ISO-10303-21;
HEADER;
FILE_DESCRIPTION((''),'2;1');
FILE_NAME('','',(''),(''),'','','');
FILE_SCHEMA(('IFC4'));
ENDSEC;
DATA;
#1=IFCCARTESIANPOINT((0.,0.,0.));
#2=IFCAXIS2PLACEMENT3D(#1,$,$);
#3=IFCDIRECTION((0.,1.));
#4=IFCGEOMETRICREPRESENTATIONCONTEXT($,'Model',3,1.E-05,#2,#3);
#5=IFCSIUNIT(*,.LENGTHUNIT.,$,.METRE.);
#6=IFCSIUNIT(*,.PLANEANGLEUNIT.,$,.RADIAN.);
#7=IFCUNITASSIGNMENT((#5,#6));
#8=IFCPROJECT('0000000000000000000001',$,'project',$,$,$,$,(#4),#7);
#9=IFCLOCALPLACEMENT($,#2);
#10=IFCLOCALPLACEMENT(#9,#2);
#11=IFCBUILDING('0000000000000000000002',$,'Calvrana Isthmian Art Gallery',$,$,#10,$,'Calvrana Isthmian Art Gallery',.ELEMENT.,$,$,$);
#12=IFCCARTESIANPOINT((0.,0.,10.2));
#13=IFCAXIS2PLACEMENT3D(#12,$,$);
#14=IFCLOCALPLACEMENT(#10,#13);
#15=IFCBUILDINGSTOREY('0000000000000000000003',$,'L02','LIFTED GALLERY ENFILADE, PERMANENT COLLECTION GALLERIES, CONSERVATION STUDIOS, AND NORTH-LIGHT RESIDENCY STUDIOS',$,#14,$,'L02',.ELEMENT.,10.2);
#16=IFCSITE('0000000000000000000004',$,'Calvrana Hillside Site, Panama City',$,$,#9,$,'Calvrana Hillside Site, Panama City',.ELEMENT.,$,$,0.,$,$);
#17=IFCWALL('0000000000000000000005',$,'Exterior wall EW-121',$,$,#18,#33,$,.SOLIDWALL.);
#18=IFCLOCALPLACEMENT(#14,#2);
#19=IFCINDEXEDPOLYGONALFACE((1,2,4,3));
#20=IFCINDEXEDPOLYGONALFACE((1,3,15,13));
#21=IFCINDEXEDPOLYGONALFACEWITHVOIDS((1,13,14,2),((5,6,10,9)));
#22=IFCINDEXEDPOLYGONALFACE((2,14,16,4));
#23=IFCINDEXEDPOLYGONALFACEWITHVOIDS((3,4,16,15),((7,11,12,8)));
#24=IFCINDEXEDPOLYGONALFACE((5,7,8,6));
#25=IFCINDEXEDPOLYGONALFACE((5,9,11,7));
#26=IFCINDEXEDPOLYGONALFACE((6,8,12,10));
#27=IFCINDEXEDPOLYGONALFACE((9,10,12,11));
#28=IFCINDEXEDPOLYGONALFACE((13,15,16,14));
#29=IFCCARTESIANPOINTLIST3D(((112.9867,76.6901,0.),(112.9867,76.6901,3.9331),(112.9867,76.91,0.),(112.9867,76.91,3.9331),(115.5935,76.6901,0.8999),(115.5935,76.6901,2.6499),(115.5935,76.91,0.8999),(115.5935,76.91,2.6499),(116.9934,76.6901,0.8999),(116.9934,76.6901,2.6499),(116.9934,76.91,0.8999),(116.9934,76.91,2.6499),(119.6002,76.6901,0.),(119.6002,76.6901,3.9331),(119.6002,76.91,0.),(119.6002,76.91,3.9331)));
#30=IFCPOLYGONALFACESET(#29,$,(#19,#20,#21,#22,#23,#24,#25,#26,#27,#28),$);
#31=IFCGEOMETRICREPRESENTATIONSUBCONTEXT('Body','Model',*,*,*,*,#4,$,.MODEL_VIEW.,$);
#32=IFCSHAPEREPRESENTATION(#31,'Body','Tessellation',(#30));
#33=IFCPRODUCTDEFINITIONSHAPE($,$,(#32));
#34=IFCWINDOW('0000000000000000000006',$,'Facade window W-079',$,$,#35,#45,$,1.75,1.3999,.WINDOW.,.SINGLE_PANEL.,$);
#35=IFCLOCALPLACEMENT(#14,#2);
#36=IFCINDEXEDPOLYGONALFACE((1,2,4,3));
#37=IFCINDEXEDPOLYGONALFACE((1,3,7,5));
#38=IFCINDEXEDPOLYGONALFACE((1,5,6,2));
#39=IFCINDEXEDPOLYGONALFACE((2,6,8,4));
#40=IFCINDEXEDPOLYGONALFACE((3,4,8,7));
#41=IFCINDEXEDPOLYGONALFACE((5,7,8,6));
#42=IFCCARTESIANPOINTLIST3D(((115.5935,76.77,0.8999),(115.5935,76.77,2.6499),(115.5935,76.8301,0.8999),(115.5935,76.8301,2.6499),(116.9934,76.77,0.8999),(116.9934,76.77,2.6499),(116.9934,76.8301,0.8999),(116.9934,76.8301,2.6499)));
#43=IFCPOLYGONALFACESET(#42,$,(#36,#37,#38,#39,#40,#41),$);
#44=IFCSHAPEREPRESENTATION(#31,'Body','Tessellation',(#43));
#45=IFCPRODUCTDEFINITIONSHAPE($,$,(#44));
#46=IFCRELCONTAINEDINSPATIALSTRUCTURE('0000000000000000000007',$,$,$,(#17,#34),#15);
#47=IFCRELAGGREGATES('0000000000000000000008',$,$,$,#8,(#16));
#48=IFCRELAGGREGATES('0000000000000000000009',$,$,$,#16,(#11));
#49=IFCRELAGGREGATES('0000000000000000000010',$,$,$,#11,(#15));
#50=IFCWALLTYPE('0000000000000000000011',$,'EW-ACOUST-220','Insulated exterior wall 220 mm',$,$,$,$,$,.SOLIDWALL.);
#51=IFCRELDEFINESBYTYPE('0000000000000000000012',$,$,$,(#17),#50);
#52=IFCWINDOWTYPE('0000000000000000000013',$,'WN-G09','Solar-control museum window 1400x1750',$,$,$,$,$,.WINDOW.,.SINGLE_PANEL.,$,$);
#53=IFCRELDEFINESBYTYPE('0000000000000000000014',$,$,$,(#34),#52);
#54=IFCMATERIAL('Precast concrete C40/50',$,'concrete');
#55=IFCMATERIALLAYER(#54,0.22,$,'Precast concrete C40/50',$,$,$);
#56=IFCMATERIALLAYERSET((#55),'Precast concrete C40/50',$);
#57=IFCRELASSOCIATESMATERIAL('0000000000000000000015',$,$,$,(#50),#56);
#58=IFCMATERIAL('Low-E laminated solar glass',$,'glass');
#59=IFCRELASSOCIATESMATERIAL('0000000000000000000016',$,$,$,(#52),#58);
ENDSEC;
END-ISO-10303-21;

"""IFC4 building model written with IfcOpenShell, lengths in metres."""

from ifc_helpers import new_model, si_unit, direction, frame, frame_2d, origin, place, context, subcontext, project, spatial, rectangle, extrude, material, layer, layer_set, type_object, element, fill, save


model = new_model("IFC4")

# Units and contexts
model_context = context("Model", 3, precision=1e-05, world=origin(), true_north=direction((0.0, 1.0)))
body_context = subcontext(model_context, "Body", "Model", "MODEL_VIEW")
ifc_project = project(units=[si_unit("LENGTHUNIT", "METRE"), si_unit("PLANEANGLEUNIT", "RADIAN")], contexts=[model_context])

# Site, building, storey
site_placement = place(None, origin())
site = spatial("IfcSite", under=ifc_project, at=site_placement, Name="Calvrana Hillside Site, Panama City", LongName="Calvrana Hillside Site, Panama City", CompositionType="ELEMENT", RefElevation=0.0)
building_placement = place(site_placement, origin())
building = spatial("IfcBuilding", under=site, at=building_placement, Name="Calvrana Isthmian Art Gallery", LongName="Calvrana Isthmian Art Gallery", CompositionType="ELEMENT")
storey_placement = place(building_placement, frame((0.0, 0.0, 10.2)))
storey = spatial("IfcBuildingStorey", under=building, at=storey_placement, Name="L02", Description="LIFTED GALLERY ENFILADE, PERMANENT COLLECTION GALLERIES, CONSERVATION STUDIOS, AND NORTH-LIGHT RESIDENCY STUDIOS", LongName="L02", CompositionType="ELEMENT", Elevation=10.2)

# Shared definitions
ifc_material_1 = material(Name="Low-E laminated solar glass", Category="glass")

# Wall, opening, window
ifc_material_2 = material(Name="Precast concrete C40/50", Category="concrete")
ifc_layer_1 = layer(ifc_material_2, 0.22, Name="Precast concrete C40/50")
ifc_layer_set_1 = layer_set([ifc_layer_1], Name="Precast concrete C40/50")
wall_type = type_object("IfcWallType", Name="EW-ACOUST-220", Description="Insulated exterior wall 220 mm", PredefinedType="SOLIDWALL", material=ifc_layer_set_1)
wall_placement = place(storey_placement, frame((119.6001, 76.8, 0.0), z_axis=(0.0, 0.0, 1.0), x_axis=(-1.0, 0.0, 0.0)))
wall = element("IfcWall", 1, at=wall_placement, inside=storey, type_object=wall_type, Name="Exterior wall EW-121", PredefinedType="SOLIDWALL", context=body_context, shape_type="SweptSolid", body=[
    extrude(rectangle(XDim=6.6135, YDim=0.22, at=frame_2d((3.3066, 0.0))), origin(), (0.0, 0.0, 1.0), 3.9331),
])
opening_placement = place(wall_placement, frame((2.6067, 0.0, 0.8999)))
opening = element("IfcOpeningElement", 2, at=opening_placement, cuts=wall, PredefinedType="OPENING", context=body_context, shape_type="SweptSolid", body=[
    extrude(rectangle(XDim=1.3999, YDim=1.75, at=frame_2d((0.7, 0.875))), frame((0.0, 0.1201, 0.0), z_axis=(0.0, -1.0, 0.0), x_axis=(1.0, 0.0, 0.0)), (0.0, 0.0, 1.0), 0.2405),
])
window_type = type_object("IfcWindowType", Name="WN-G09", Description="Solar-control museum window 1400x1750", PartitioningType="SINGLE_PANEL", PredefinedType="WINDOW", material=ifc_material_1)
window_placement = place(opening_placement, origin())
window = element("IfcWindow", 3, at=window_placement, inside=storey, type_object=window_type, Name="Facade window W-079", OverallHeight=1.75, OverallWidth=1.3999, PartitioningType="SINGLE_PANEL", PredefinedType="WINDOW", context=body_context, shape_type="SweptSolid", body=[
    extrude(rectangle(XDim=1.3999, YDim=1.75, at=frame_2d((0.7, 0.875))), frame((0.0, 0.03, 0.0), z_axis=(0.0, -1.0, 0.0), x_axis=(1.0, 0.0, 0.0)), (0.0, 0.0, 1.0), 0.0601),
])
fill(opening, window)

save(model, "model.ifc")
